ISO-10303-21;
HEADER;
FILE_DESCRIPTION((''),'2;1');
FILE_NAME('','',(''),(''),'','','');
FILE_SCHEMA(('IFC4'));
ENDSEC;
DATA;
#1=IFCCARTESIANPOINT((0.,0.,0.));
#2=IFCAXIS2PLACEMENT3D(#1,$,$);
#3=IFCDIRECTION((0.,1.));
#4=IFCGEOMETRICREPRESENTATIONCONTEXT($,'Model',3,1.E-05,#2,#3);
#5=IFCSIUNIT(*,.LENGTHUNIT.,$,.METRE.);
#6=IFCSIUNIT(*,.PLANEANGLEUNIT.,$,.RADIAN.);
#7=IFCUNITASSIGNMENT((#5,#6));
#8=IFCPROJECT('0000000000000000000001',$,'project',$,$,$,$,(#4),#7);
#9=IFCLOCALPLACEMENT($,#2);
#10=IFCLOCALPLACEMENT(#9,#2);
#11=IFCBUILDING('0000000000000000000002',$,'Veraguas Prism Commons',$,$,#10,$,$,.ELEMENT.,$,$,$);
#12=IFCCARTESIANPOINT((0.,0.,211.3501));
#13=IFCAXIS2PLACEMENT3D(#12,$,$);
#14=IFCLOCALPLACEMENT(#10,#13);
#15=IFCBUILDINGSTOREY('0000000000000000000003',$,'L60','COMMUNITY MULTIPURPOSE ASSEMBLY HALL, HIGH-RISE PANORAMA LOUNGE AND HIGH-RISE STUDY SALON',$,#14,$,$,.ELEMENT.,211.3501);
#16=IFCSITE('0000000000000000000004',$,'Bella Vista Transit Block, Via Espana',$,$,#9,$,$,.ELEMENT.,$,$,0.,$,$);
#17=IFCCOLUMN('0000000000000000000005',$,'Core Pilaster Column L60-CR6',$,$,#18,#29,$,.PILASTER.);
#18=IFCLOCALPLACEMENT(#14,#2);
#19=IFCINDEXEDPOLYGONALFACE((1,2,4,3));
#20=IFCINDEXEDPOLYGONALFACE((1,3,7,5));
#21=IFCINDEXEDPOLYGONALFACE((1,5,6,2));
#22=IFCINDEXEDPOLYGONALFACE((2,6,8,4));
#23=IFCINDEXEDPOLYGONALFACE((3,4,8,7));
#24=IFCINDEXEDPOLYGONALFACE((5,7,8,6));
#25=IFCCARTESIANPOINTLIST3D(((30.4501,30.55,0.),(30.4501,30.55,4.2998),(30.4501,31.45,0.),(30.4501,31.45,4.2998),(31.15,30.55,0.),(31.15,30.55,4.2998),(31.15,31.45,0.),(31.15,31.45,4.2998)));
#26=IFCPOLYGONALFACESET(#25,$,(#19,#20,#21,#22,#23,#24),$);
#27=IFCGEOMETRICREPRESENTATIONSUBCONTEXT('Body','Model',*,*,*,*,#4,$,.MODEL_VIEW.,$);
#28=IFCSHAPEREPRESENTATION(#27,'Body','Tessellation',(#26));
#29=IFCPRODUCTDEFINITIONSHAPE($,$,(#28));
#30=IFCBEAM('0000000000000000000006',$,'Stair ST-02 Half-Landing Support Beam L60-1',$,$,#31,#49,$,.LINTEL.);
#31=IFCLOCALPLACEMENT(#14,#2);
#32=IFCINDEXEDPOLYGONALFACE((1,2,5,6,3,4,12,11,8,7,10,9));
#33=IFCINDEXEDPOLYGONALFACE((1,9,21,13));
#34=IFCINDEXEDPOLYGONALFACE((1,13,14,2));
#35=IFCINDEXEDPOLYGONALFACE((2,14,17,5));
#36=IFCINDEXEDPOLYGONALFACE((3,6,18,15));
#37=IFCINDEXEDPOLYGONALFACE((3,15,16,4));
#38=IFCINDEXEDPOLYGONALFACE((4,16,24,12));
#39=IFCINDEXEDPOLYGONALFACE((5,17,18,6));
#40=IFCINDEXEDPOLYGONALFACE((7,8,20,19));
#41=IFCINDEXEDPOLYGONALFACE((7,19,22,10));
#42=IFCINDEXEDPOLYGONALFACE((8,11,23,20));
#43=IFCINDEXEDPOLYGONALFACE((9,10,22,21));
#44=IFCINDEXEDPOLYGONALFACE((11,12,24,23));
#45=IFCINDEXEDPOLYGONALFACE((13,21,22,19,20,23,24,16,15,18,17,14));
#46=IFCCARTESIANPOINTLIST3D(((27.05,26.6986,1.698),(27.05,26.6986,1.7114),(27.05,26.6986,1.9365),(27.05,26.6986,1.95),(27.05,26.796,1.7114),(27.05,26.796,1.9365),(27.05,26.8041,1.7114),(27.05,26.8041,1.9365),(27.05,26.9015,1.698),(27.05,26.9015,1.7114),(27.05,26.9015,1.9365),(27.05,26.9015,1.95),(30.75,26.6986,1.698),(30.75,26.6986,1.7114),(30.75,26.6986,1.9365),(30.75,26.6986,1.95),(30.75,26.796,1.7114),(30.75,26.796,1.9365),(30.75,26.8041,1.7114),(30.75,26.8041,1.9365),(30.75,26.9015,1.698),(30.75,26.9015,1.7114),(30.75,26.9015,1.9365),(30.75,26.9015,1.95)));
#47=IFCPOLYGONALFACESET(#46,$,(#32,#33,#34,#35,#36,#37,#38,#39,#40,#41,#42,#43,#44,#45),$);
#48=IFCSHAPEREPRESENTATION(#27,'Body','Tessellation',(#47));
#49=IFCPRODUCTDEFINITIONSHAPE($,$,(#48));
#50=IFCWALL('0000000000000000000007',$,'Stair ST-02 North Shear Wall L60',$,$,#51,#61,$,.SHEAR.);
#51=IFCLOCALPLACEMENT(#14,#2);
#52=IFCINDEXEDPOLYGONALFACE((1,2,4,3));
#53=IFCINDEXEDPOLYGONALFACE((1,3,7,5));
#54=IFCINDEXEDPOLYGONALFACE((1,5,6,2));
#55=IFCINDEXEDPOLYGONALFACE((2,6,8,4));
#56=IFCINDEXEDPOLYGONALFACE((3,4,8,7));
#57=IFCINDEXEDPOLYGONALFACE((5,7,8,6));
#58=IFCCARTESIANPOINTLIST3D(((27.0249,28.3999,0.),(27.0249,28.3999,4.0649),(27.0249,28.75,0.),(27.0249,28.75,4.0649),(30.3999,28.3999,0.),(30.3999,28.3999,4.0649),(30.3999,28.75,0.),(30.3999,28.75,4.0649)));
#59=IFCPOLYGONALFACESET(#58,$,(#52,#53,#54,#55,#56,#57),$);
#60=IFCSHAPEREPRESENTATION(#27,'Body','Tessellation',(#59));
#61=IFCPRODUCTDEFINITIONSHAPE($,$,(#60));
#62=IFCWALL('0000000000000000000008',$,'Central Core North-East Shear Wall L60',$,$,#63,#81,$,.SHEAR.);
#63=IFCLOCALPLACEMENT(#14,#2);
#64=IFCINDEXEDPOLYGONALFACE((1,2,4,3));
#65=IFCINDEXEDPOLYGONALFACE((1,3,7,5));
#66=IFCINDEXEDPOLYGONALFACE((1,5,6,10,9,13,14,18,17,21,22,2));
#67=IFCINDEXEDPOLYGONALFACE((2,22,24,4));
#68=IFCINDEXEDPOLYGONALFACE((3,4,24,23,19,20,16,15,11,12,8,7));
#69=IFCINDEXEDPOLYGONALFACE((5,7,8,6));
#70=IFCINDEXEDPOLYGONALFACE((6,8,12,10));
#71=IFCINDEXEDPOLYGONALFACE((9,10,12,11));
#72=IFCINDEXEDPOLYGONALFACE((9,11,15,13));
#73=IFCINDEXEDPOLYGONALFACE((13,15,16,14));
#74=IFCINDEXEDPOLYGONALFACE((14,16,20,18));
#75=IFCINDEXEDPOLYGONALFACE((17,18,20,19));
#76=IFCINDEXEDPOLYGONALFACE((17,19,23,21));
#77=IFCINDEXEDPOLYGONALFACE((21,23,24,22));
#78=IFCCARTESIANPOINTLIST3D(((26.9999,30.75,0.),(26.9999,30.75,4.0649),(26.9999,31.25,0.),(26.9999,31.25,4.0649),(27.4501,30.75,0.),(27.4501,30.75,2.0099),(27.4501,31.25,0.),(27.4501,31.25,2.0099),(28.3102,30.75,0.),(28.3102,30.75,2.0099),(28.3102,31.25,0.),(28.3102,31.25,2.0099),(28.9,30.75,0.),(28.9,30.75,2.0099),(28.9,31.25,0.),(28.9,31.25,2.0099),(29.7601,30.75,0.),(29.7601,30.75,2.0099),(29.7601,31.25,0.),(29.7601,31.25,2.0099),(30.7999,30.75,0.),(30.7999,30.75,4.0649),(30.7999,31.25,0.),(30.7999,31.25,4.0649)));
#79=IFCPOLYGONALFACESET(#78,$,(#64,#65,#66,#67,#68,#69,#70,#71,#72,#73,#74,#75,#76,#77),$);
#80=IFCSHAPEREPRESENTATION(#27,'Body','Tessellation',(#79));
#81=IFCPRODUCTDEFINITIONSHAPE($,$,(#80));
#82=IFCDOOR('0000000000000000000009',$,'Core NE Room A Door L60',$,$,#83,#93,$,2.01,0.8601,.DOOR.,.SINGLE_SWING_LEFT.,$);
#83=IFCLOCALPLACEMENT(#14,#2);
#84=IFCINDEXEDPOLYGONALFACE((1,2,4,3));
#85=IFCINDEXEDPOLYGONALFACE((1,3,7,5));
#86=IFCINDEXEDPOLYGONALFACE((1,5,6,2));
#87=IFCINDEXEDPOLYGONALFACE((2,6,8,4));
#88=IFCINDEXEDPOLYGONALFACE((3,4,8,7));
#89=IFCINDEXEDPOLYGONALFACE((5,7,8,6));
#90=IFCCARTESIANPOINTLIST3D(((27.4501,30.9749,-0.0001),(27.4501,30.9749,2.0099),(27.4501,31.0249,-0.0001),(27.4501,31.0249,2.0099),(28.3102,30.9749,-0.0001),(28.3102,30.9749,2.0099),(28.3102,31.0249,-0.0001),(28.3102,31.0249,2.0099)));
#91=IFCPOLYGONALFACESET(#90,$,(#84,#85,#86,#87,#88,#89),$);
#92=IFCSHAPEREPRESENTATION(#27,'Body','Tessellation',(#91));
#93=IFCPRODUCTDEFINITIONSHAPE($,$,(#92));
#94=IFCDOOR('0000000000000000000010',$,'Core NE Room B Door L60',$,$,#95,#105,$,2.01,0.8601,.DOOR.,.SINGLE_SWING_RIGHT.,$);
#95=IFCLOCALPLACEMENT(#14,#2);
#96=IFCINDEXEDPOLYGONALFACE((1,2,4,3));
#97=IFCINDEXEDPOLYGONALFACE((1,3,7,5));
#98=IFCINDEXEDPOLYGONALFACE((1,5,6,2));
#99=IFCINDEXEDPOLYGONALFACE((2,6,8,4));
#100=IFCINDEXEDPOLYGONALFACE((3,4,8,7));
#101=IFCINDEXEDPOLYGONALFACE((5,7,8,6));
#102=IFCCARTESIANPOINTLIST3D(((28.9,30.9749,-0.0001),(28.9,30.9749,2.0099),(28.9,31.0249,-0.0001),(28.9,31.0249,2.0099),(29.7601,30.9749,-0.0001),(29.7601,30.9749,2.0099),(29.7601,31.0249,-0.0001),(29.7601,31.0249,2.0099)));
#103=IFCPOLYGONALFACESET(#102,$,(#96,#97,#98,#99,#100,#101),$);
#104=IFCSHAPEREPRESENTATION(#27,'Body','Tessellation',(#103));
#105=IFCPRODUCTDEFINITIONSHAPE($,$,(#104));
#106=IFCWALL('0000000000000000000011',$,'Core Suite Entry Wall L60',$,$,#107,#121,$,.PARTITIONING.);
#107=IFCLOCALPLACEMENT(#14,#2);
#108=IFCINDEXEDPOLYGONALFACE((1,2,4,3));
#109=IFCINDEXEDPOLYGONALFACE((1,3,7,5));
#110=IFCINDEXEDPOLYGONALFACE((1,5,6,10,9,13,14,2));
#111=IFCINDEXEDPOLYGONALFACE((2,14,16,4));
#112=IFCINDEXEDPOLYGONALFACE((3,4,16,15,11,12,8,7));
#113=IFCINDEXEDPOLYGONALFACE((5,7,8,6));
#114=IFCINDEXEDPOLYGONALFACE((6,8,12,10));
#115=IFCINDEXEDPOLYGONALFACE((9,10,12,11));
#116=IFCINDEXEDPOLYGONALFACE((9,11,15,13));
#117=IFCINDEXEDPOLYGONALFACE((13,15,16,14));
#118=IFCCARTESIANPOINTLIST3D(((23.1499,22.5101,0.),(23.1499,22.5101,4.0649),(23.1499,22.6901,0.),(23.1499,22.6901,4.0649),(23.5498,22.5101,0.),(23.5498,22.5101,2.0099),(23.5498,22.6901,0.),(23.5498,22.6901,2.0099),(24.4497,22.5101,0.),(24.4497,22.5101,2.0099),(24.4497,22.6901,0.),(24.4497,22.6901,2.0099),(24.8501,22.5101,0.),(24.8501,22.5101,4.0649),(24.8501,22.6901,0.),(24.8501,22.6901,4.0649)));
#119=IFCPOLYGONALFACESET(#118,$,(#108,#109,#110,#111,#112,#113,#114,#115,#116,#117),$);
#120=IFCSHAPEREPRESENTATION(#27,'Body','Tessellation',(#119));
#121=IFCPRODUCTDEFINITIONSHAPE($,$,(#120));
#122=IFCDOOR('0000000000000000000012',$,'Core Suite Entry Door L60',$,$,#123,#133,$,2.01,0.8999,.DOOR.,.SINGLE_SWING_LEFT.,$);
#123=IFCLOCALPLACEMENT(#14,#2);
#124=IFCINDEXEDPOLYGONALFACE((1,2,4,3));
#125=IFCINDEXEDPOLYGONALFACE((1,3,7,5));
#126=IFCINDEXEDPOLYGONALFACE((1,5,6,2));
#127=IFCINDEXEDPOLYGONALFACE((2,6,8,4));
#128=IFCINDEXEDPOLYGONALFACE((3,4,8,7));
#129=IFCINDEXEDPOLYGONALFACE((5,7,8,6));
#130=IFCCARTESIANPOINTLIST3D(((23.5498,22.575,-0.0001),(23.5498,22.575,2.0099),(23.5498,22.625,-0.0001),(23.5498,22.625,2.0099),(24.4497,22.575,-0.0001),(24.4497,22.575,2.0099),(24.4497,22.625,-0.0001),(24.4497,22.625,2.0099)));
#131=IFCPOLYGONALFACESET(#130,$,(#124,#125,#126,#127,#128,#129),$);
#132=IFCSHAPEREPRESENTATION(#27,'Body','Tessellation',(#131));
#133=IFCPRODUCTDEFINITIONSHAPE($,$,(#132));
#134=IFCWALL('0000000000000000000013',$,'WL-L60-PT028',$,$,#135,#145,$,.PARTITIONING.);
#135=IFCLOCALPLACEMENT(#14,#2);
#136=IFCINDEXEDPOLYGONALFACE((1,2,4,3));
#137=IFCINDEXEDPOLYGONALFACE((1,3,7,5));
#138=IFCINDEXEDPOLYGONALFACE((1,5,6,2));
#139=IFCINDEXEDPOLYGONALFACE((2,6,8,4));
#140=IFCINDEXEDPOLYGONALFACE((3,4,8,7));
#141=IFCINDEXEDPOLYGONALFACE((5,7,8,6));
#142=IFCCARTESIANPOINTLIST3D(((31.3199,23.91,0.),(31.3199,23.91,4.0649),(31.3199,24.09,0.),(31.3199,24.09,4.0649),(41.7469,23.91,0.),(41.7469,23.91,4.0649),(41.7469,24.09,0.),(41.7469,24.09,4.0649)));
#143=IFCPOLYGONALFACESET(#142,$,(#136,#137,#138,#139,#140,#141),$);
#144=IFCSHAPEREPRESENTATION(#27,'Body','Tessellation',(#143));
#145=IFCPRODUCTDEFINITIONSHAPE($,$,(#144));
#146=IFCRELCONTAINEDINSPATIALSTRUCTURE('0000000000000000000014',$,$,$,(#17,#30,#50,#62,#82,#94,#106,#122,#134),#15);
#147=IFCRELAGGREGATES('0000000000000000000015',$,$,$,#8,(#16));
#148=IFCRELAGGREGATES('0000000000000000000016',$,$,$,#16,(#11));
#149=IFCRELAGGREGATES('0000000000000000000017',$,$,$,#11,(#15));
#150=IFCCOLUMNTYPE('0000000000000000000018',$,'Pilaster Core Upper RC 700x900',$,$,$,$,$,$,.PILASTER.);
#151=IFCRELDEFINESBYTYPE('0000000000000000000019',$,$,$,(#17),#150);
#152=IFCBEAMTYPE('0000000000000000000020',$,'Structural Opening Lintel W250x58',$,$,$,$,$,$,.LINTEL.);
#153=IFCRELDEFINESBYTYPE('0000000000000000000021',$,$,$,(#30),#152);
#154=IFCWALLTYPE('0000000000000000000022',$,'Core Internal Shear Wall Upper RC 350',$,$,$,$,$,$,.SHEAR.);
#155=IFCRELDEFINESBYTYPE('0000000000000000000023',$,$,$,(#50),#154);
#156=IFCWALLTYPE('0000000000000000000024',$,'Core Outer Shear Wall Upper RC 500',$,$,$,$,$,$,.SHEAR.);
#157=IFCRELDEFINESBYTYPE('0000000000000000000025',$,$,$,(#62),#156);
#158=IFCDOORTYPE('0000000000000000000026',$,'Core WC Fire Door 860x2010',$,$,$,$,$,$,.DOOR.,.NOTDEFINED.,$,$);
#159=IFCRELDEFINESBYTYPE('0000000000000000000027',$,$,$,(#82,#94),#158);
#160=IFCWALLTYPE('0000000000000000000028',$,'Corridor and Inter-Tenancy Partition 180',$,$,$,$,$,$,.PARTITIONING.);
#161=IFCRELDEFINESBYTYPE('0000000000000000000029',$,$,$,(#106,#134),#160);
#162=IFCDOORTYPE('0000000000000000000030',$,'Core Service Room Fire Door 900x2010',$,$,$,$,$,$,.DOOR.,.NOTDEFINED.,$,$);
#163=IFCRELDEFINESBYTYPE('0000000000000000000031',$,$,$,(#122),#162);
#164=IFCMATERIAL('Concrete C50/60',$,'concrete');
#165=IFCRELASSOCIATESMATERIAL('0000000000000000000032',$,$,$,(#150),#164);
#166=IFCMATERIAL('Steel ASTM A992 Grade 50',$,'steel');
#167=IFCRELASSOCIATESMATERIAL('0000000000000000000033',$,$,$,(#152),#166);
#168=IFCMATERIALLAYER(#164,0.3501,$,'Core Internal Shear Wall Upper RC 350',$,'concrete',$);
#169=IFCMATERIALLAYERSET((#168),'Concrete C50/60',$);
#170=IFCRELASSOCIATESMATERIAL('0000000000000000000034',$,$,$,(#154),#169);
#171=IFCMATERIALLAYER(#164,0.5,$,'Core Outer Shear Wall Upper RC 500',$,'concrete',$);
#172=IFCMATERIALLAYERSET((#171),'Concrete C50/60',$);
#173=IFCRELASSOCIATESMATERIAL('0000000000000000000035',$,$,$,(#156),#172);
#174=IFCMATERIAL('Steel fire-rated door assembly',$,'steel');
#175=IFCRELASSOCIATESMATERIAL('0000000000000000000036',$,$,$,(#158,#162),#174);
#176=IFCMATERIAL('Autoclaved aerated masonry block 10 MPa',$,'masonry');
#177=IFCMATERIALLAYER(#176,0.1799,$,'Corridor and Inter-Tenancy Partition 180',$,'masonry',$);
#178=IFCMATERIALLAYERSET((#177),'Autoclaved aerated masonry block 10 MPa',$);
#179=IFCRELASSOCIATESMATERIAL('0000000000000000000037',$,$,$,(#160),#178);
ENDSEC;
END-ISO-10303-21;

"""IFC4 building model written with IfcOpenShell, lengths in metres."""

from ifc_helpers import new_model, si_unit, direction, frame, frame_2d, origin, origin_2d, place, context, subcontext, project, spatial, rectangle, i_section, extrude, source, transform, mapped, material, layer, layer_set, material_profile, profile_set, type_object, element, fill, save


model = new_model("IFC4")

# Units and contexts
model_context = context("Model", 3, precision=1e-05, world=origin(), true_north=direction((0.0, 1.0)))
body_context = subcontext(model_context, "Body", "Model", "MODEL_VIEW")
ifc_project = project(units=[si_unit("LENGTHUNIT", "METRE"), si_unit("PLANEANGLEUNIT", "RADIAN")], contexts=[model_context])

# Site, building, storey
site_placement = place(None, origin())
site = spatial("IfcSite", under=ifc_project, at=site_placement, Name="Bella Vista Transit Block, Via Espana", CompositionType="ELEMENT", RefElevation=0.0)
building_placement = place(site_placement, origin())
building = spatial("IfcBuilding", under=site, at=building_placement, Name="Veraguas Prism Commons", CompositionType="ELEMENT")
storey_placement = place(building_placement, frame((0.0, 0.0, 211.3501)))
storey = spatial("IfcBuildingStorey", under=building, at=storey_placement, Name="L60", Description="COMMUNITY MULTIPURPOSE ASSEMBLY HALL, HIGH-RISE PANORAMA LOUNGE AND HIGH-RISE STUDY SALON", CompositionType="ELEMENT", Elevation=211.3501)

# Column
ifc_material_1 = material(Name="Concrete C50/60", Category="concrete")
ifc_material_profile_1 = material_profile(ifc_material_1, rectangle(XDim=0.7, YDim=0.8999, at=origin_2d()), Name="RC700X900")
ifc_profile_set_1 = profile_set([ifc_material_profile_1], Name="Concrete C50/60")
column_type = type_object("IfcColumnType", Name="Pilaster Core Upper RC 700x900", PredefinedType="PILASTER", material=ifc_profile_set_1)
column_placement = place(storey_placement, frame((30.8, 31.0, 0.0), z_axis=(0.0, 0.0, 1.0), x_axis=(1.0, 0.0, 0.0)))
element("IfcColumn", 1, at=column_placement, inside=storey, type_object=column_type, Name="Core Pilaster Column L60-CR6", PredefinedType="PILASTER", context=body_context, shape_type="SweptSolid", body=[
    extrude(rectangle(XDim=0.7, YDim=0.8999, at=origin_2d()), origin(), (0.0, 0.0, 1.0), 4.2998),
])

# Beam
ifc_material_2 = material(Name="Steel ASTM A992 Grade 50", Category="steel")
ifc_material_profile_2 = material_profile(ifc_material_2, i_section(OverallWidth=0.2029, OverallDepth=0.252, WebThickness=0.0081, FlangeThickness=0.0134, at=origin_2d()), Name="W250X58")
ifc_profile_set_2 = profile_set([ifc_material_profile_2], Name="Steel ASTM A992 Grade 50")
beam_type = type_object("IfcBeamType", Name="Structural Opening Lintel W250x58", PredefinedType="LINTEL", material=ifc_profile_set_2)
beam_placement = place(storey_placement, frame((27.05, 26.8, 1.824), z_axis=(1.0, 0.0, 0.0), x_axis=(0.0, 1.0, 0.0)))
element("IfcBeam", 2, at=beam_placement, inside=storey, type_object=beam_type, Name="Stair ST-02 Half-Landing Support Beam L60-1", PredefinedType="LINTEL", context=body_context, shape_type="SweptSolid", body=[
    extrude(i_section(OverallWidth=0.2029, OverallDepth=0.252, WebThickness=0.0081, FlangeThickness=0.0134, at=origin_2d()), origin(), (0.0, 0.0, 1.0), 3.7),
])

# Wall
ifc_layer_1 = layer(ifc_material_1, 0.3501, Name="Core Internal Shear Wall Upper RC 350", Category="concrete")
ifc_layer_set_1 = layer_set([ifc_layer_1], Name="Concrete C50/60")
wall_type_1 = type_object("IfcWallType", Name="Core Internal Shear Wall Upper RC 350", PredefinedType="SHEAR", material=ifc_layer_set_1)
wall_1_placement = place(storey_placement, frame((27.0249, 28.575, 0.0), z_axis=(0.0, 0.0, 1.0), x_axis=(1.0, 0.0, 0.0)))
element("IfcWall", 3, at=wall_1_placement, inside=storey, type_object=wall_type_1, Name="Stair ST-02 North Shear Wall L60", PredefinedType="SHEAR", context=body_context, shape_type="SweptSolid", body=[
    extrude(rectangle(XDim=3.375, YDim=0.3501, at=frame_2d((1.6875, 0.0))), origin(), (0.0, 0.0, 1.0), 4.0649),
])

# Wall, openings, doors
ifc_layer_2 = layer(ifc_material_1, 0.5, Name="Core Outer Shear Wall Upper RC 500", Category="concrete")
ifc_layer_set_2 = layer_set([ifc_layer_2], Name="Concrete C50/60")
wall_type_2 = type_object("IfcWallType", Name="Core Outer Shear Wall Upper RC 500", PredefinedType="SHEAR", material=ifc_layer_set_2)
wall_2_placement = place(storey_placement, frame((27.0, 31.0, 0.0), z_axis=(0.0, 0.0, 1.0), x_axis=(1.0, 0.0, 0.0)))
wall_2 = element("IfcWall", 4, at=wall_2_placement, inside=storey, type_object=wall_type_2, Name="Central Core North-East Shear Wall L60", PredefinedType="SHEAR", context=body_context, shape_type="SweptSolid", body=[
    extrude(rectangle(XDim=3.8, YDim=0.5, at=frame_2d((1.8999, 0.0))), origin(), (0.0, 0.0, 1.0), 4.0649),
])
opening_1_placement = place(wall_2_placement, frame((0.45, 0.0, 0.0)))
opening_1 = element("IfcOpeningElement", 5, at=opening_1_placement, cuts=wall_2, PredefinedType="OPENING", context=body_context, shape_type="SweptSolid", body=[
    extrude(rectangle(XDim=0.8601, YDim=2.01, at=frame_2d((0.4302, 1.0049))), frame((0.0, 0.26, 0.0), z_axis=(0.0, -1.0, 0.0), x_axis=(1.0, 0.0, 0.0)), (0.0, 0.0, 1.0), 0.52),
])
opening_2_placement = place(wall_2_placement, frame((1.8999, 0.0, 0.0)))
opening_2 = element("IfcOpeningElement", 6, at=opening_2_placement, cuts=wall_2, PredefinedType="OPENING", context=body_context, shape_type="SweptSolid", body=[
    extrude(rectangle(XDim=0.8601, YDim=2.01, at=frame_2d((0.4302, 1.0049))), frame((0.0, 0.26, 0.0), z_axis=(0.0, -1.0, 0.0), x_axis=(1.0, 0.0, 0.0)), (0.0, 0.0, 1.0), 0.52),
])
ifc_material_3 = material(Name="Steel fire-rated door assembly", Category="steel")
door_type_1 = type_object("IfcDoorType", Name="Core WC Fire Door 860x2010", OperationType="NOTDEFINED", PredefinedType="DOOR", material=ifc_material_3)
shared_shape_1 = source(origin(), body_context, "Body", "SweptSolid", [
    extrude(rectangle(XDim=0.8601, YDim=2.01, at=frame_2d((0.4302, 1.0049))), frame((0.0, 0.0249, 0.0), z_axis=(0.0, -1.0, 0.0), x_axis=(1.0, 0.0, 0.0)), (0.0, 0.0, 1.0), 0.05),
])
door_1_placement = place(opening_1_placement, origin())
door_1 = element("IfcDoor", 7, at=door_1_placement, inside=storey, type_object=door_type_1, Name="Core NE Room A Door L60", OperationType="SINGLE_SWING_LEFT", OverallHeight=2.01, OverallWidth=0.8601, PredefinedType="DOOR", context=body_context, shape_type="MappedRepresentation", body=[
    mapped(shared_shape_1, transform((0.0, 0.0, 0.0), scale=1.0)),
])
fill(opening_1, door_1)
door_2_placement = place(opening_2_placement, origin())
door_2 = element("IfcDoor", 8, at=door_2_placement, inside=storey, type_object=door_type_1, Name="Core NE Room B Door L60", OperationType="SINGLE_SWING_RIGHT", OverallHeight=2.01, OverallWidth=0.8601, PredefinedType="DOOR", context=body_context, shape_type="MappedRepresentation", body=[
    mapped(shared_shape_1, transform((0.0, 0.0, 0.0), scale=1.0)),
])
fill(opening_2, door_2)

# Wall, opening, door
ifc_material_4 = material(Name="Autoclaved aerated masonry block 10 MPa", Category="masonry")
ifc_layer_3 = layer(ifc_material_4, 0.1799, Name="Corridor and Inter-Tenancy Partition 180", Category="masonry")
ifc_layer_set_3 = layer_set([ifc_layer_3], Name="Autoclaved aerated masonry block 10 MPa")
wall_type_3 = type_object("IfcWallType", Name="Corridor and Inter-Tenancy Partition 180", PredefinedType="PARTITIONING", material=ifc_layer_set_3)
wall_3_placement = place(storey_placement, frame((23.1499, 22.6001, 0.0), z_axis=(0.0, 0.0, 1.0), x_axis=(1.0, 0.0, 0.0)))
wall_3 = element("IfcWall", 9, at=wall_3_placement, inside=storey, type_object=wall_type_3, Name="Core Suite Entry Wall L60", PredefinedType="PARTITIONING", context=body_context, shape_type="SweptSolid", body=[
    extrude(rectangle(XDim=1.7002, YDim=0.1799, at=frame_2d((0.8501, 0.0))), origin(), (0.0, 0.0, 1.0), 4.0649),
])
opening_3_placement = place(wall_3_placement, frame((0.3999, 0.0, 0.0)))
opening_3 = element("IfcOpeningElement", 10, at=opening_3_placement, cuts=wall_3, PredefinedType="OPENING", context=body_context, shape_type="SweptSolid", body=[
    extrude(rectangle(XDim=0.8999, YDim=2.01, at=frame_2d((0.45, 1.0049))), frame((0.0, 0.0999, 0.0), z_axis=(0.0, -1.0, 0.0), x_axis=(1.0, 0.0, 0.0)), (0.0, 0.0, 1.0), 0.2),
])
door_type_2 = type_object("IfcDoorType", Name="Core Service Room Fire Door 900x2010", OperationType="NOTDEFINED", PredefinedType="DOOR", material=ifc_material_3)
shared_shape_2 = source(origin(), body_context, "Body", "SweptSolid", [
    extrude(rectangle(XDim=0.8999, YDim=2.01, at=frame_2d((0.45, 1.0049))), frame((0.0, 0.0249, 0.0), z_axis=(0.0, -1.0, 0.0), x_axis=(1.0, 0.0, 0.0)), (0.0, 0.0, 1.0), 0.05),
])
door_3_placement = place(opening_3_placement, origin())
door_3 = element("IfcDoor", 11, at=door_3_placement, inside=storey, type_object=door_type_2, Name="Core Suite Entry Door L60", OperationType="SINGLE_SWING_LEFT", OverallHeight=2.01, OverallWidth=0.8999, PredefinedType="DOOR", context=body_context, shape_type="MappedRepresentation", body=[
    mapped(shared_shape_2, transform((0.0, 0.0, 0.0), scale=1.0)),
])
fill(opening_3, door_3)

# Wall
wall_4_placement = place(storey_placement, frame((31.3201, 24.0, 0.0), z_axis=(0.0, 0.0, 1.0), x_axis=(1.0, 0.0, 0.0)))
element("IfcWall", 12, at=wall_4_placement, inside=storey, type_object=wall_type_3, Name="WL-L60-PT028", PredefinedType="PARTITIONING", context=body_context, shape_type="SweptSolid", body=[
    extrude(rectangle(XDim=10.427, YDim=0.1799, at=frame_2d((5.2134, 0.0))), origin(), (0.0, 0.0, 1.0), 4.0649),
])

save(model, "model.ifc")
